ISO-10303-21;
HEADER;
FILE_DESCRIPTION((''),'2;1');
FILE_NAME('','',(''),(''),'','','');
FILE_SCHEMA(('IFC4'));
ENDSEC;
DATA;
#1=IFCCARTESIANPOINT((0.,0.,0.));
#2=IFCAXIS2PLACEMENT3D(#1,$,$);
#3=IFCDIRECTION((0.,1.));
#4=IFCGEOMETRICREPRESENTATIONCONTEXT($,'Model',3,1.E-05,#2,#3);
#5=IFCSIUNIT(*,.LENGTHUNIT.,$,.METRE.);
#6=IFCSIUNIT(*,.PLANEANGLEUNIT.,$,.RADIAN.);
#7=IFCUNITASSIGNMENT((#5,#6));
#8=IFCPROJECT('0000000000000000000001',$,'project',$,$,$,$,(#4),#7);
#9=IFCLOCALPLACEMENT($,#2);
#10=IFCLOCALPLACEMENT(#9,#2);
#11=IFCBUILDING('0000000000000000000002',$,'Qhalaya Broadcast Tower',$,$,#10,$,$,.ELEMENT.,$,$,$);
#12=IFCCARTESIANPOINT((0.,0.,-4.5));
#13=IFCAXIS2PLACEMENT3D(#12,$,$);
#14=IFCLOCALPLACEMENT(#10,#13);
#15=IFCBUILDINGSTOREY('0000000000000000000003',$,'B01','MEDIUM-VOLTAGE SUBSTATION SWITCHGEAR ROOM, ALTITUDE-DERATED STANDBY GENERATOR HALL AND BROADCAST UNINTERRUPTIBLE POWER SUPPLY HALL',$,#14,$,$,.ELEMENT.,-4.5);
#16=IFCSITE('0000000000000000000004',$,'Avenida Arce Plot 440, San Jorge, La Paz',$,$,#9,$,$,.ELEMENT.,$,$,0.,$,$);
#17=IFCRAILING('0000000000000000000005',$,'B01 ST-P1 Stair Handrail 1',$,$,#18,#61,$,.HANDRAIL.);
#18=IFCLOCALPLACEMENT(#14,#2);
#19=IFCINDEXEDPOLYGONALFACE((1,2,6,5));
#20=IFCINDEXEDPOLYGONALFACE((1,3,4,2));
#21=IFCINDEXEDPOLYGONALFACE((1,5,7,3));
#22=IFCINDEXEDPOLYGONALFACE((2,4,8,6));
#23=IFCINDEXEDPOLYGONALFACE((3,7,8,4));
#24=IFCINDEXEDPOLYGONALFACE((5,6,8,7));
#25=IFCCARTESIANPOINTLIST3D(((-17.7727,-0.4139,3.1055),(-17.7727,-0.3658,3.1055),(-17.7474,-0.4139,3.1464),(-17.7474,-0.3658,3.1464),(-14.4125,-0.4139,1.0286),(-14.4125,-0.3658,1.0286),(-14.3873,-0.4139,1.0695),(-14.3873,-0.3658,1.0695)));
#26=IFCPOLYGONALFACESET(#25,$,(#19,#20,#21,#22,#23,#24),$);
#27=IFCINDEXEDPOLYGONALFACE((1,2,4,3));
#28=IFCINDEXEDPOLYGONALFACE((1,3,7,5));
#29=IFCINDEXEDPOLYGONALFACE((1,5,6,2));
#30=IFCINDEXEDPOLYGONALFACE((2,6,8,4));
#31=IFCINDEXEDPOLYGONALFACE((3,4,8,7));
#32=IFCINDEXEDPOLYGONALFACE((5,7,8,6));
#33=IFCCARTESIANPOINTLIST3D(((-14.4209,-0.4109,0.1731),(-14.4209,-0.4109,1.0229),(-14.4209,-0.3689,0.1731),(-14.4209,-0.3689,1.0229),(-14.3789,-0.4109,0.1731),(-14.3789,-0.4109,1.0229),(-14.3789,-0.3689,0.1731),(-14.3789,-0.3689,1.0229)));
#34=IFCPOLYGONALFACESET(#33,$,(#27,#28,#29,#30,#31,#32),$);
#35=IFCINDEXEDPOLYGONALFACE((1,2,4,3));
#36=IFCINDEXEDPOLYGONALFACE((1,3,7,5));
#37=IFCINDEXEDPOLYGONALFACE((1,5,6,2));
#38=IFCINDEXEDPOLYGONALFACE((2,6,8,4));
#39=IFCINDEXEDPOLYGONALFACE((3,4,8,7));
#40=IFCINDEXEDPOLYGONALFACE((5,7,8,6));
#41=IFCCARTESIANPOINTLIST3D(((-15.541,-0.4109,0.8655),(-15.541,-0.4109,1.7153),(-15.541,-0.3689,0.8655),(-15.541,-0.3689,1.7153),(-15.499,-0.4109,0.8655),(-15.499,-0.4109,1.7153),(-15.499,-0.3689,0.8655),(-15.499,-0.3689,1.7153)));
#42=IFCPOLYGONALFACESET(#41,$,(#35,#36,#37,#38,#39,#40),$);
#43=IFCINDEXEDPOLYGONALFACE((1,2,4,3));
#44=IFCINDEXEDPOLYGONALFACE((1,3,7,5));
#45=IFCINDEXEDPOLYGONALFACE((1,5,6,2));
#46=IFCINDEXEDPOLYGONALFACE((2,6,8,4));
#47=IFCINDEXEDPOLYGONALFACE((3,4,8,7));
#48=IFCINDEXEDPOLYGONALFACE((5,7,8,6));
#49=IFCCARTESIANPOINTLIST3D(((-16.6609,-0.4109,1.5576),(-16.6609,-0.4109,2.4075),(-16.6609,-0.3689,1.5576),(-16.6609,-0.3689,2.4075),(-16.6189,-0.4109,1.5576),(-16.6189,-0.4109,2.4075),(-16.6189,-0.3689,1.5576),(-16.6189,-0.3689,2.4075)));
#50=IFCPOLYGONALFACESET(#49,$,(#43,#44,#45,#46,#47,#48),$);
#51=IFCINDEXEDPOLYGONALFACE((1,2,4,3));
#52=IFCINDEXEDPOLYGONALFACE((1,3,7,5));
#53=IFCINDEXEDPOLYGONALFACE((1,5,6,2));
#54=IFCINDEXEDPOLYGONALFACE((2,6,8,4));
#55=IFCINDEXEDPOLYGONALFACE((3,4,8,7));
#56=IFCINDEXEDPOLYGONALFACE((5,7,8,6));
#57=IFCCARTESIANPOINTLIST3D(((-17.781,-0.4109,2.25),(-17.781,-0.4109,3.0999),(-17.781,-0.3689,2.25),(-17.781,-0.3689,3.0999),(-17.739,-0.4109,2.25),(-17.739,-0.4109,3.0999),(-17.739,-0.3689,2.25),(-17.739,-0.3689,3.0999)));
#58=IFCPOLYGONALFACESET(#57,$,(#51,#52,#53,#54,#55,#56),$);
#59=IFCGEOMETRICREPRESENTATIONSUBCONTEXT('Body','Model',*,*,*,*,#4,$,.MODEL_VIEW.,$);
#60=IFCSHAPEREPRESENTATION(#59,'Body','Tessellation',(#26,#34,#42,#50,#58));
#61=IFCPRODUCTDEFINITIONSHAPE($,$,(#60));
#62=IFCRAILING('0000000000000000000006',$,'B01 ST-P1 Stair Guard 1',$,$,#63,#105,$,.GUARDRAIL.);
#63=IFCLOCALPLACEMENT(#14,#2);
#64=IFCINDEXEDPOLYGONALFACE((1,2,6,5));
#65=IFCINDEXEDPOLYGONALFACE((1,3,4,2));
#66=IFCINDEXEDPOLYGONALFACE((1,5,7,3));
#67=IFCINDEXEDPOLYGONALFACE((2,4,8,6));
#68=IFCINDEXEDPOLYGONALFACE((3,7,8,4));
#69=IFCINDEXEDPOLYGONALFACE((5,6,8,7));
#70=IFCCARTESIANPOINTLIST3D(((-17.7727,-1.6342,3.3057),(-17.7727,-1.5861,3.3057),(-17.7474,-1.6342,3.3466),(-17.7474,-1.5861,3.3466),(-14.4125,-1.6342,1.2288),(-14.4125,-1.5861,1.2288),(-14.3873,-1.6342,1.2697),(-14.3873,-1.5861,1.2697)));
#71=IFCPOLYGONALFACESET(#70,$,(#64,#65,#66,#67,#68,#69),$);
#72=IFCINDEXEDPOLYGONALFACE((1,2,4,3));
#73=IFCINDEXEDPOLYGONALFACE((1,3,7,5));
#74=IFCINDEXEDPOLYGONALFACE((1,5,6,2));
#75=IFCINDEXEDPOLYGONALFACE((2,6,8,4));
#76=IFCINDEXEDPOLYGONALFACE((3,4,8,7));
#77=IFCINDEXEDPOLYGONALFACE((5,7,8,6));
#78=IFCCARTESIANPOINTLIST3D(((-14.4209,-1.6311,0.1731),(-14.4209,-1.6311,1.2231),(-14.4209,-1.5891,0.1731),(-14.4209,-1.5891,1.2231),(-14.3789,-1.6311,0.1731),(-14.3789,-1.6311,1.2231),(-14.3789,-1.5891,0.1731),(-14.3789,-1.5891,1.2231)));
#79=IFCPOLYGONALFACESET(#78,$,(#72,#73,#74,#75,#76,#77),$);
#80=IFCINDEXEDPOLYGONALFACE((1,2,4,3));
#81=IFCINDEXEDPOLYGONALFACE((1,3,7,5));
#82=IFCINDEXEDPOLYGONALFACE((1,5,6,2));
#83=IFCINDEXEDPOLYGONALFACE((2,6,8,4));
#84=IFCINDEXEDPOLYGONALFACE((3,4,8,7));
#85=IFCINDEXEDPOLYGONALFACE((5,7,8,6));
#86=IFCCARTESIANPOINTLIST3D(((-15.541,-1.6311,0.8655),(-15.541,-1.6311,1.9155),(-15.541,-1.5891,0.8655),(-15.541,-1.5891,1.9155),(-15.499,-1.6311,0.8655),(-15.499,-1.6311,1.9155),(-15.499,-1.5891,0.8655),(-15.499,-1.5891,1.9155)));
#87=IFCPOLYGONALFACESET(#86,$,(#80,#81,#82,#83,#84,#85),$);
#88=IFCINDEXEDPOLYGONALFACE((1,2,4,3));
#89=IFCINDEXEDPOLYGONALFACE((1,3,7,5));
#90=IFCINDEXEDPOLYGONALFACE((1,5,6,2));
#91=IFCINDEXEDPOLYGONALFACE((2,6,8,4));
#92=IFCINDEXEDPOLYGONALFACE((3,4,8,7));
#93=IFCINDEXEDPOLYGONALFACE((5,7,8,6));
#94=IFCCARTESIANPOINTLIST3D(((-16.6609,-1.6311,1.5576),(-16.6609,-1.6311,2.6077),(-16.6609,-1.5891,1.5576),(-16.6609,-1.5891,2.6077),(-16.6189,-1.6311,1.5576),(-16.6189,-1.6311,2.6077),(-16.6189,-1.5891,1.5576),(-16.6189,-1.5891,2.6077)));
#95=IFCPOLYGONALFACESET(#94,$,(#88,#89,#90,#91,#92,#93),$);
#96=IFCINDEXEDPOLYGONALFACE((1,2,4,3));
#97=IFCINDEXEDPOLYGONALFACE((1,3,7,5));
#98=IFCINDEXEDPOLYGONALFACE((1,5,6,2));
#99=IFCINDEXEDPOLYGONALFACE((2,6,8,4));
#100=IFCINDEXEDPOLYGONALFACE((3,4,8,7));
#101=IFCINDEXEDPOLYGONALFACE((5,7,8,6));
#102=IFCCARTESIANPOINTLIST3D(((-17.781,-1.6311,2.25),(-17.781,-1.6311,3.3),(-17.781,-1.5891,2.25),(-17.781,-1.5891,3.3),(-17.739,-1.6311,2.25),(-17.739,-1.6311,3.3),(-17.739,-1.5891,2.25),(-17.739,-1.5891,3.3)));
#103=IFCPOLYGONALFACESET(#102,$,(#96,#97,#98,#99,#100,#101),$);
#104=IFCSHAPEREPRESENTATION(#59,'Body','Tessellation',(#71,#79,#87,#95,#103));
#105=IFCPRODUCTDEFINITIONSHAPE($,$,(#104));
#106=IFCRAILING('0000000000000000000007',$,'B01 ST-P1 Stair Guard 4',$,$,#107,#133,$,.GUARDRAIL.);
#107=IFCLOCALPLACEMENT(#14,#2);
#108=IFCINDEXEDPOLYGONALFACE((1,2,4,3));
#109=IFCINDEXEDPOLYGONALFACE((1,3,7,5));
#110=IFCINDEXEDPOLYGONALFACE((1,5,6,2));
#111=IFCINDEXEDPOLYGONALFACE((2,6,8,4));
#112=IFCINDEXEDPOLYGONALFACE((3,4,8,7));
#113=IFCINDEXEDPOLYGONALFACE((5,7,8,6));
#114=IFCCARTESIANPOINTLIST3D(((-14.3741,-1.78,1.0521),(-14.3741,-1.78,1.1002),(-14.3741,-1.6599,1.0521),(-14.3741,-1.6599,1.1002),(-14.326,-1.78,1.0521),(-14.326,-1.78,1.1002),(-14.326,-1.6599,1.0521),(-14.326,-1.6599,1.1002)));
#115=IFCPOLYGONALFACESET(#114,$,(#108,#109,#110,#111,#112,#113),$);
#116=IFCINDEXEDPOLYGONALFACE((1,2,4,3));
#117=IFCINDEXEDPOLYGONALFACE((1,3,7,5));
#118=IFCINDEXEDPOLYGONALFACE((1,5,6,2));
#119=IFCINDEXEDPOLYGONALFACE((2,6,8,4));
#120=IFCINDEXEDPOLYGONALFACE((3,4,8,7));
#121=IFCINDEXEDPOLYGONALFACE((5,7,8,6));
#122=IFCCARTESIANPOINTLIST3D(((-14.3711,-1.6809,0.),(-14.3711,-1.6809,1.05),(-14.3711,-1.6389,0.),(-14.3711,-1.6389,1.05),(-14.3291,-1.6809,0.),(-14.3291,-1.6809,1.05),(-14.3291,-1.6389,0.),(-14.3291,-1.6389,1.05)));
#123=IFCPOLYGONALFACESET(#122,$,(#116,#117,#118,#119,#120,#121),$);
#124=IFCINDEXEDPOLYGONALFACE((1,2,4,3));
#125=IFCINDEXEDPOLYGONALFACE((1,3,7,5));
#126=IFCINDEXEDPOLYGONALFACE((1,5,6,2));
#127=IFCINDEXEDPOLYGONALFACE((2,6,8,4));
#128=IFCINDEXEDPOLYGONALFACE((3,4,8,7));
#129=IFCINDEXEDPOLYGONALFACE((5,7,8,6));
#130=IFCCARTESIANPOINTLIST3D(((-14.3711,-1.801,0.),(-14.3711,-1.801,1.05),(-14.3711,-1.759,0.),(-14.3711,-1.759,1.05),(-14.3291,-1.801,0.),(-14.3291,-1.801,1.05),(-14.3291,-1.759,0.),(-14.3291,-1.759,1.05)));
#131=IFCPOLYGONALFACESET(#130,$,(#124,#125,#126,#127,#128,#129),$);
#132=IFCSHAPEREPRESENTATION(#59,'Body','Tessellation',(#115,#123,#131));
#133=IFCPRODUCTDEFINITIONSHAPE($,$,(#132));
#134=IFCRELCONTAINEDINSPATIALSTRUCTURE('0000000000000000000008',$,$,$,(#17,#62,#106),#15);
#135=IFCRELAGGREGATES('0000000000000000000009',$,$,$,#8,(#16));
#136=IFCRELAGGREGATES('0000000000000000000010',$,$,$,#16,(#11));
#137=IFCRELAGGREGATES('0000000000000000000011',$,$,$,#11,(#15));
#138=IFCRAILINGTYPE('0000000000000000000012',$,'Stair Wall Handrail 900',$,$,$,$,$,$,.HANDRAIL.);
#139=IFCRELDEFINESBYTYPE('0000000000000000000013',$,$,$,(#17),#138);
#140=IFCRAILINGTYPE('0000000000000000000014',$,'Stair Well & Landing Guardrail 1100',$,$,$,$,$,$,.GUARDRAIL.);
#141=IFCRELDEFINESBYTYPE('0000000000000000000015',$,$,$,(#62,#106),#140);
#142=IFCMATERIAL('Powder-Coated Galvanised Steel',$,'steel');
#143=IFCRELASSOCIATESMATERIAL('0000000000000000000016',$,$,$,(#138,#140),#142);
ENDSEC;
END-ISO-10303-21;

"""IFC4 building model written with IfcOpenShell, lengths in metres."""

from ifc_helpers import new_model, si_unit, direction, frame, origin, origin_2d, place, context, subcontext, project, spatial, rectangle, extrude, material, type_object, element, save


model = new_model("IFC4")

# Units and contexts
model_context = context("Model", 3, precision=1e-05, world=origin(), true_north=direction((0.0, 1.0)))
body_context = subcontext(model_context, "Body", "Model", "MODEL_VIEW")
ifc_project = project(units=[si_unit("LENGTHUNIT", "METRE"), si_unit("PLANEANGLEUNIT", "RADIAN")], contexts=[model_context])

# Site, building, storey
site_placement = place(None, origin())
site = spatial("IfcSite", under=ifc_project, at=site_placement, Name="Avenida Arce Plot 440, San Jorge, La Paz", CompositionType="ELEMENT", RefElevation=0.0)
building_placement = place(site_placement, origin())
building = spatial("IfcBuilding", under=site, at=building_placement, Name="Qhalaya Broadcast Tower", CompositionType="ELEMENT")
storey_placement = place(building_placement, frame((0.0, 0.0, -4.5)))
storey = spatial("IfcBuildingStorey", under=building, at=storey_placement, Name="B01", Description="MEDIUM-VOLTAGE SUBSTATION SWITCHGEAR ROOM, ALTITUDE-DERATED STANDBY GENERATOR HALL AND BROADCAST UNINTERRUPTIBLE POWER SUPPLY HALL", CompositionType="ELEMENT", Elevation=-4.5)

# Railings
ifc_material_1 = material(Name="Powder-Coated Galvanised Steel", Category="steel")
railing_type_1 = type_object("IfcRailingType", Name="Stair Wall Handrail 900", PredefinedType="HANDRAIL", material=ifc_material_1)
railing_1_placement = place(storey_placement, frame((-14.3999, -0.3899, 0.1731)))
element("IfcRailing", 1, at=railing_1_placement, inside=storey, type_object=railing_type_1, Name="B01 ST-P1 Stair Handrail 1", PredefinedType="HANDRAIL", context=body_context, shape_type="SweptSolid", body=[
    extrude(rectangle(XDim=0.0481, YDim=0.0481, at=origin_2d()), frame((0.0, 0.0, 0.876), z_axis=(-0.850623, 0.0, 0.525776), x_axis=(0.0, -1.0, 0.0)), (0.0, 0.0, 1.0), 3.9502),
    extrude(rectangle(XDim=0.042, YDim=0.042, at=origin_2d()), origin(), (0.0, 0.0, 1.0), 0.8499),
    extrude(rectangle(XDim=0.042, YDim=0.042, at=origin_2d()), frame((-1.1201, 0.0, 0.6924)), (0.0, 0.0, 1.0), 0.8499),
    extrude(rectangle(XDim=0.042, YDim=0.042, at=origin_2d()), frame((-2.24, 0.0, 1.3845)), (0.0, 0.0, 1.0), 0.8499),
    extrude(rectangle(XDim=0.042, YDim=0.042, at=origin_2d()), frame((-3.3601, 0.0, 2.0769)), (0.0, 0.0, 1.0), 0.8499),
])
railing_type_2 = type_object("IfcRailingType", Name="Stair Well & Landing Guardrail 1100", PredefinedType="GUARDRAIL", material=ifc_material_1)
railing_2_placement = place(storey_placement, frame((-14.3999, -1.6101, 0.1731)))
element("IfcRailing", 2, at=railing_2_placement, inside=storey, type_object=railing_type_2, Name="B01 ST-P1 Stair Guard 1", PredefinedType="GUARDRAIL", context=body_context, shape_type="SweptSolid", body=[
    extrude(rectangle(XDim=0.0481, YDim=0.0481, at=origin_2d()), frame((0.0, 0.0, 1.0762), z_axis=(-0.850623, 0.0, 0.525776), x_axis=(0.0, -1.0, 0.0)), (0.0, 0.0, 1.0), 3.9502),
    extrude(rectangle(XDim=0.042, YDim=0.042, at=origin_2d()), origin(), (0.0, 0.0, 1.0), 1.05),
    extrude(rectangle(XDim=0.042, YDim=0.042, at=origin_2d()), frame((-1.1201, 0.0, 0.6924)), (0.0, 0.0, 1.0), 1.05),
    extrude(rectangle(XDim=0.042, YDim=0.042, at=origin_2d()), frame((-2.24, 0.0, 1.3845)), (0.0, 0.0, 1.0), 1.05),
    extrude(rectangle(XDim=0.042, YDim=0.042, at=origin_2d()), frame((-3.3601, 0.0, 2.0769)), (0.0, 0.0, 1.0), 1.05),
])
railing_3_placement = place(storey_placement, frame((-14.3501, -1.6599, 0.0)))
element("IfcRailing", 3, at=railing_3_placement, inside=storey, type_object=railing_type_2, Name="B01 ST-P1 Stair Guard 4", PredefinedType="GUARDRAIL", context=body_context, shape_type="SweptSolid", body=[
    extrude(rectangle(XDim=0.0481, YDim=0.0481, at=origin_2d()), frame((0.0, 0.0, 1.0762), z_axis=(0.0, -1.0, 0.0), x_axis=(1.0, 0.0, 0.0)), (0.0, 0.0, 1.0), 0.1201),
    extrude(rectangle(XDim=0.042, YDim=0.042, at=origin_2d()), origin(), (0.0, 0.0, 1.0), 1.05),
    extrude(rectangle(XDim=0.042, YDim=0.042, at=origin_2d()), frame((0.0, -0.1201, 0.0)), (0.0, 0.0, 1.0), 1.05),
])

save(model, "model.ifc")
